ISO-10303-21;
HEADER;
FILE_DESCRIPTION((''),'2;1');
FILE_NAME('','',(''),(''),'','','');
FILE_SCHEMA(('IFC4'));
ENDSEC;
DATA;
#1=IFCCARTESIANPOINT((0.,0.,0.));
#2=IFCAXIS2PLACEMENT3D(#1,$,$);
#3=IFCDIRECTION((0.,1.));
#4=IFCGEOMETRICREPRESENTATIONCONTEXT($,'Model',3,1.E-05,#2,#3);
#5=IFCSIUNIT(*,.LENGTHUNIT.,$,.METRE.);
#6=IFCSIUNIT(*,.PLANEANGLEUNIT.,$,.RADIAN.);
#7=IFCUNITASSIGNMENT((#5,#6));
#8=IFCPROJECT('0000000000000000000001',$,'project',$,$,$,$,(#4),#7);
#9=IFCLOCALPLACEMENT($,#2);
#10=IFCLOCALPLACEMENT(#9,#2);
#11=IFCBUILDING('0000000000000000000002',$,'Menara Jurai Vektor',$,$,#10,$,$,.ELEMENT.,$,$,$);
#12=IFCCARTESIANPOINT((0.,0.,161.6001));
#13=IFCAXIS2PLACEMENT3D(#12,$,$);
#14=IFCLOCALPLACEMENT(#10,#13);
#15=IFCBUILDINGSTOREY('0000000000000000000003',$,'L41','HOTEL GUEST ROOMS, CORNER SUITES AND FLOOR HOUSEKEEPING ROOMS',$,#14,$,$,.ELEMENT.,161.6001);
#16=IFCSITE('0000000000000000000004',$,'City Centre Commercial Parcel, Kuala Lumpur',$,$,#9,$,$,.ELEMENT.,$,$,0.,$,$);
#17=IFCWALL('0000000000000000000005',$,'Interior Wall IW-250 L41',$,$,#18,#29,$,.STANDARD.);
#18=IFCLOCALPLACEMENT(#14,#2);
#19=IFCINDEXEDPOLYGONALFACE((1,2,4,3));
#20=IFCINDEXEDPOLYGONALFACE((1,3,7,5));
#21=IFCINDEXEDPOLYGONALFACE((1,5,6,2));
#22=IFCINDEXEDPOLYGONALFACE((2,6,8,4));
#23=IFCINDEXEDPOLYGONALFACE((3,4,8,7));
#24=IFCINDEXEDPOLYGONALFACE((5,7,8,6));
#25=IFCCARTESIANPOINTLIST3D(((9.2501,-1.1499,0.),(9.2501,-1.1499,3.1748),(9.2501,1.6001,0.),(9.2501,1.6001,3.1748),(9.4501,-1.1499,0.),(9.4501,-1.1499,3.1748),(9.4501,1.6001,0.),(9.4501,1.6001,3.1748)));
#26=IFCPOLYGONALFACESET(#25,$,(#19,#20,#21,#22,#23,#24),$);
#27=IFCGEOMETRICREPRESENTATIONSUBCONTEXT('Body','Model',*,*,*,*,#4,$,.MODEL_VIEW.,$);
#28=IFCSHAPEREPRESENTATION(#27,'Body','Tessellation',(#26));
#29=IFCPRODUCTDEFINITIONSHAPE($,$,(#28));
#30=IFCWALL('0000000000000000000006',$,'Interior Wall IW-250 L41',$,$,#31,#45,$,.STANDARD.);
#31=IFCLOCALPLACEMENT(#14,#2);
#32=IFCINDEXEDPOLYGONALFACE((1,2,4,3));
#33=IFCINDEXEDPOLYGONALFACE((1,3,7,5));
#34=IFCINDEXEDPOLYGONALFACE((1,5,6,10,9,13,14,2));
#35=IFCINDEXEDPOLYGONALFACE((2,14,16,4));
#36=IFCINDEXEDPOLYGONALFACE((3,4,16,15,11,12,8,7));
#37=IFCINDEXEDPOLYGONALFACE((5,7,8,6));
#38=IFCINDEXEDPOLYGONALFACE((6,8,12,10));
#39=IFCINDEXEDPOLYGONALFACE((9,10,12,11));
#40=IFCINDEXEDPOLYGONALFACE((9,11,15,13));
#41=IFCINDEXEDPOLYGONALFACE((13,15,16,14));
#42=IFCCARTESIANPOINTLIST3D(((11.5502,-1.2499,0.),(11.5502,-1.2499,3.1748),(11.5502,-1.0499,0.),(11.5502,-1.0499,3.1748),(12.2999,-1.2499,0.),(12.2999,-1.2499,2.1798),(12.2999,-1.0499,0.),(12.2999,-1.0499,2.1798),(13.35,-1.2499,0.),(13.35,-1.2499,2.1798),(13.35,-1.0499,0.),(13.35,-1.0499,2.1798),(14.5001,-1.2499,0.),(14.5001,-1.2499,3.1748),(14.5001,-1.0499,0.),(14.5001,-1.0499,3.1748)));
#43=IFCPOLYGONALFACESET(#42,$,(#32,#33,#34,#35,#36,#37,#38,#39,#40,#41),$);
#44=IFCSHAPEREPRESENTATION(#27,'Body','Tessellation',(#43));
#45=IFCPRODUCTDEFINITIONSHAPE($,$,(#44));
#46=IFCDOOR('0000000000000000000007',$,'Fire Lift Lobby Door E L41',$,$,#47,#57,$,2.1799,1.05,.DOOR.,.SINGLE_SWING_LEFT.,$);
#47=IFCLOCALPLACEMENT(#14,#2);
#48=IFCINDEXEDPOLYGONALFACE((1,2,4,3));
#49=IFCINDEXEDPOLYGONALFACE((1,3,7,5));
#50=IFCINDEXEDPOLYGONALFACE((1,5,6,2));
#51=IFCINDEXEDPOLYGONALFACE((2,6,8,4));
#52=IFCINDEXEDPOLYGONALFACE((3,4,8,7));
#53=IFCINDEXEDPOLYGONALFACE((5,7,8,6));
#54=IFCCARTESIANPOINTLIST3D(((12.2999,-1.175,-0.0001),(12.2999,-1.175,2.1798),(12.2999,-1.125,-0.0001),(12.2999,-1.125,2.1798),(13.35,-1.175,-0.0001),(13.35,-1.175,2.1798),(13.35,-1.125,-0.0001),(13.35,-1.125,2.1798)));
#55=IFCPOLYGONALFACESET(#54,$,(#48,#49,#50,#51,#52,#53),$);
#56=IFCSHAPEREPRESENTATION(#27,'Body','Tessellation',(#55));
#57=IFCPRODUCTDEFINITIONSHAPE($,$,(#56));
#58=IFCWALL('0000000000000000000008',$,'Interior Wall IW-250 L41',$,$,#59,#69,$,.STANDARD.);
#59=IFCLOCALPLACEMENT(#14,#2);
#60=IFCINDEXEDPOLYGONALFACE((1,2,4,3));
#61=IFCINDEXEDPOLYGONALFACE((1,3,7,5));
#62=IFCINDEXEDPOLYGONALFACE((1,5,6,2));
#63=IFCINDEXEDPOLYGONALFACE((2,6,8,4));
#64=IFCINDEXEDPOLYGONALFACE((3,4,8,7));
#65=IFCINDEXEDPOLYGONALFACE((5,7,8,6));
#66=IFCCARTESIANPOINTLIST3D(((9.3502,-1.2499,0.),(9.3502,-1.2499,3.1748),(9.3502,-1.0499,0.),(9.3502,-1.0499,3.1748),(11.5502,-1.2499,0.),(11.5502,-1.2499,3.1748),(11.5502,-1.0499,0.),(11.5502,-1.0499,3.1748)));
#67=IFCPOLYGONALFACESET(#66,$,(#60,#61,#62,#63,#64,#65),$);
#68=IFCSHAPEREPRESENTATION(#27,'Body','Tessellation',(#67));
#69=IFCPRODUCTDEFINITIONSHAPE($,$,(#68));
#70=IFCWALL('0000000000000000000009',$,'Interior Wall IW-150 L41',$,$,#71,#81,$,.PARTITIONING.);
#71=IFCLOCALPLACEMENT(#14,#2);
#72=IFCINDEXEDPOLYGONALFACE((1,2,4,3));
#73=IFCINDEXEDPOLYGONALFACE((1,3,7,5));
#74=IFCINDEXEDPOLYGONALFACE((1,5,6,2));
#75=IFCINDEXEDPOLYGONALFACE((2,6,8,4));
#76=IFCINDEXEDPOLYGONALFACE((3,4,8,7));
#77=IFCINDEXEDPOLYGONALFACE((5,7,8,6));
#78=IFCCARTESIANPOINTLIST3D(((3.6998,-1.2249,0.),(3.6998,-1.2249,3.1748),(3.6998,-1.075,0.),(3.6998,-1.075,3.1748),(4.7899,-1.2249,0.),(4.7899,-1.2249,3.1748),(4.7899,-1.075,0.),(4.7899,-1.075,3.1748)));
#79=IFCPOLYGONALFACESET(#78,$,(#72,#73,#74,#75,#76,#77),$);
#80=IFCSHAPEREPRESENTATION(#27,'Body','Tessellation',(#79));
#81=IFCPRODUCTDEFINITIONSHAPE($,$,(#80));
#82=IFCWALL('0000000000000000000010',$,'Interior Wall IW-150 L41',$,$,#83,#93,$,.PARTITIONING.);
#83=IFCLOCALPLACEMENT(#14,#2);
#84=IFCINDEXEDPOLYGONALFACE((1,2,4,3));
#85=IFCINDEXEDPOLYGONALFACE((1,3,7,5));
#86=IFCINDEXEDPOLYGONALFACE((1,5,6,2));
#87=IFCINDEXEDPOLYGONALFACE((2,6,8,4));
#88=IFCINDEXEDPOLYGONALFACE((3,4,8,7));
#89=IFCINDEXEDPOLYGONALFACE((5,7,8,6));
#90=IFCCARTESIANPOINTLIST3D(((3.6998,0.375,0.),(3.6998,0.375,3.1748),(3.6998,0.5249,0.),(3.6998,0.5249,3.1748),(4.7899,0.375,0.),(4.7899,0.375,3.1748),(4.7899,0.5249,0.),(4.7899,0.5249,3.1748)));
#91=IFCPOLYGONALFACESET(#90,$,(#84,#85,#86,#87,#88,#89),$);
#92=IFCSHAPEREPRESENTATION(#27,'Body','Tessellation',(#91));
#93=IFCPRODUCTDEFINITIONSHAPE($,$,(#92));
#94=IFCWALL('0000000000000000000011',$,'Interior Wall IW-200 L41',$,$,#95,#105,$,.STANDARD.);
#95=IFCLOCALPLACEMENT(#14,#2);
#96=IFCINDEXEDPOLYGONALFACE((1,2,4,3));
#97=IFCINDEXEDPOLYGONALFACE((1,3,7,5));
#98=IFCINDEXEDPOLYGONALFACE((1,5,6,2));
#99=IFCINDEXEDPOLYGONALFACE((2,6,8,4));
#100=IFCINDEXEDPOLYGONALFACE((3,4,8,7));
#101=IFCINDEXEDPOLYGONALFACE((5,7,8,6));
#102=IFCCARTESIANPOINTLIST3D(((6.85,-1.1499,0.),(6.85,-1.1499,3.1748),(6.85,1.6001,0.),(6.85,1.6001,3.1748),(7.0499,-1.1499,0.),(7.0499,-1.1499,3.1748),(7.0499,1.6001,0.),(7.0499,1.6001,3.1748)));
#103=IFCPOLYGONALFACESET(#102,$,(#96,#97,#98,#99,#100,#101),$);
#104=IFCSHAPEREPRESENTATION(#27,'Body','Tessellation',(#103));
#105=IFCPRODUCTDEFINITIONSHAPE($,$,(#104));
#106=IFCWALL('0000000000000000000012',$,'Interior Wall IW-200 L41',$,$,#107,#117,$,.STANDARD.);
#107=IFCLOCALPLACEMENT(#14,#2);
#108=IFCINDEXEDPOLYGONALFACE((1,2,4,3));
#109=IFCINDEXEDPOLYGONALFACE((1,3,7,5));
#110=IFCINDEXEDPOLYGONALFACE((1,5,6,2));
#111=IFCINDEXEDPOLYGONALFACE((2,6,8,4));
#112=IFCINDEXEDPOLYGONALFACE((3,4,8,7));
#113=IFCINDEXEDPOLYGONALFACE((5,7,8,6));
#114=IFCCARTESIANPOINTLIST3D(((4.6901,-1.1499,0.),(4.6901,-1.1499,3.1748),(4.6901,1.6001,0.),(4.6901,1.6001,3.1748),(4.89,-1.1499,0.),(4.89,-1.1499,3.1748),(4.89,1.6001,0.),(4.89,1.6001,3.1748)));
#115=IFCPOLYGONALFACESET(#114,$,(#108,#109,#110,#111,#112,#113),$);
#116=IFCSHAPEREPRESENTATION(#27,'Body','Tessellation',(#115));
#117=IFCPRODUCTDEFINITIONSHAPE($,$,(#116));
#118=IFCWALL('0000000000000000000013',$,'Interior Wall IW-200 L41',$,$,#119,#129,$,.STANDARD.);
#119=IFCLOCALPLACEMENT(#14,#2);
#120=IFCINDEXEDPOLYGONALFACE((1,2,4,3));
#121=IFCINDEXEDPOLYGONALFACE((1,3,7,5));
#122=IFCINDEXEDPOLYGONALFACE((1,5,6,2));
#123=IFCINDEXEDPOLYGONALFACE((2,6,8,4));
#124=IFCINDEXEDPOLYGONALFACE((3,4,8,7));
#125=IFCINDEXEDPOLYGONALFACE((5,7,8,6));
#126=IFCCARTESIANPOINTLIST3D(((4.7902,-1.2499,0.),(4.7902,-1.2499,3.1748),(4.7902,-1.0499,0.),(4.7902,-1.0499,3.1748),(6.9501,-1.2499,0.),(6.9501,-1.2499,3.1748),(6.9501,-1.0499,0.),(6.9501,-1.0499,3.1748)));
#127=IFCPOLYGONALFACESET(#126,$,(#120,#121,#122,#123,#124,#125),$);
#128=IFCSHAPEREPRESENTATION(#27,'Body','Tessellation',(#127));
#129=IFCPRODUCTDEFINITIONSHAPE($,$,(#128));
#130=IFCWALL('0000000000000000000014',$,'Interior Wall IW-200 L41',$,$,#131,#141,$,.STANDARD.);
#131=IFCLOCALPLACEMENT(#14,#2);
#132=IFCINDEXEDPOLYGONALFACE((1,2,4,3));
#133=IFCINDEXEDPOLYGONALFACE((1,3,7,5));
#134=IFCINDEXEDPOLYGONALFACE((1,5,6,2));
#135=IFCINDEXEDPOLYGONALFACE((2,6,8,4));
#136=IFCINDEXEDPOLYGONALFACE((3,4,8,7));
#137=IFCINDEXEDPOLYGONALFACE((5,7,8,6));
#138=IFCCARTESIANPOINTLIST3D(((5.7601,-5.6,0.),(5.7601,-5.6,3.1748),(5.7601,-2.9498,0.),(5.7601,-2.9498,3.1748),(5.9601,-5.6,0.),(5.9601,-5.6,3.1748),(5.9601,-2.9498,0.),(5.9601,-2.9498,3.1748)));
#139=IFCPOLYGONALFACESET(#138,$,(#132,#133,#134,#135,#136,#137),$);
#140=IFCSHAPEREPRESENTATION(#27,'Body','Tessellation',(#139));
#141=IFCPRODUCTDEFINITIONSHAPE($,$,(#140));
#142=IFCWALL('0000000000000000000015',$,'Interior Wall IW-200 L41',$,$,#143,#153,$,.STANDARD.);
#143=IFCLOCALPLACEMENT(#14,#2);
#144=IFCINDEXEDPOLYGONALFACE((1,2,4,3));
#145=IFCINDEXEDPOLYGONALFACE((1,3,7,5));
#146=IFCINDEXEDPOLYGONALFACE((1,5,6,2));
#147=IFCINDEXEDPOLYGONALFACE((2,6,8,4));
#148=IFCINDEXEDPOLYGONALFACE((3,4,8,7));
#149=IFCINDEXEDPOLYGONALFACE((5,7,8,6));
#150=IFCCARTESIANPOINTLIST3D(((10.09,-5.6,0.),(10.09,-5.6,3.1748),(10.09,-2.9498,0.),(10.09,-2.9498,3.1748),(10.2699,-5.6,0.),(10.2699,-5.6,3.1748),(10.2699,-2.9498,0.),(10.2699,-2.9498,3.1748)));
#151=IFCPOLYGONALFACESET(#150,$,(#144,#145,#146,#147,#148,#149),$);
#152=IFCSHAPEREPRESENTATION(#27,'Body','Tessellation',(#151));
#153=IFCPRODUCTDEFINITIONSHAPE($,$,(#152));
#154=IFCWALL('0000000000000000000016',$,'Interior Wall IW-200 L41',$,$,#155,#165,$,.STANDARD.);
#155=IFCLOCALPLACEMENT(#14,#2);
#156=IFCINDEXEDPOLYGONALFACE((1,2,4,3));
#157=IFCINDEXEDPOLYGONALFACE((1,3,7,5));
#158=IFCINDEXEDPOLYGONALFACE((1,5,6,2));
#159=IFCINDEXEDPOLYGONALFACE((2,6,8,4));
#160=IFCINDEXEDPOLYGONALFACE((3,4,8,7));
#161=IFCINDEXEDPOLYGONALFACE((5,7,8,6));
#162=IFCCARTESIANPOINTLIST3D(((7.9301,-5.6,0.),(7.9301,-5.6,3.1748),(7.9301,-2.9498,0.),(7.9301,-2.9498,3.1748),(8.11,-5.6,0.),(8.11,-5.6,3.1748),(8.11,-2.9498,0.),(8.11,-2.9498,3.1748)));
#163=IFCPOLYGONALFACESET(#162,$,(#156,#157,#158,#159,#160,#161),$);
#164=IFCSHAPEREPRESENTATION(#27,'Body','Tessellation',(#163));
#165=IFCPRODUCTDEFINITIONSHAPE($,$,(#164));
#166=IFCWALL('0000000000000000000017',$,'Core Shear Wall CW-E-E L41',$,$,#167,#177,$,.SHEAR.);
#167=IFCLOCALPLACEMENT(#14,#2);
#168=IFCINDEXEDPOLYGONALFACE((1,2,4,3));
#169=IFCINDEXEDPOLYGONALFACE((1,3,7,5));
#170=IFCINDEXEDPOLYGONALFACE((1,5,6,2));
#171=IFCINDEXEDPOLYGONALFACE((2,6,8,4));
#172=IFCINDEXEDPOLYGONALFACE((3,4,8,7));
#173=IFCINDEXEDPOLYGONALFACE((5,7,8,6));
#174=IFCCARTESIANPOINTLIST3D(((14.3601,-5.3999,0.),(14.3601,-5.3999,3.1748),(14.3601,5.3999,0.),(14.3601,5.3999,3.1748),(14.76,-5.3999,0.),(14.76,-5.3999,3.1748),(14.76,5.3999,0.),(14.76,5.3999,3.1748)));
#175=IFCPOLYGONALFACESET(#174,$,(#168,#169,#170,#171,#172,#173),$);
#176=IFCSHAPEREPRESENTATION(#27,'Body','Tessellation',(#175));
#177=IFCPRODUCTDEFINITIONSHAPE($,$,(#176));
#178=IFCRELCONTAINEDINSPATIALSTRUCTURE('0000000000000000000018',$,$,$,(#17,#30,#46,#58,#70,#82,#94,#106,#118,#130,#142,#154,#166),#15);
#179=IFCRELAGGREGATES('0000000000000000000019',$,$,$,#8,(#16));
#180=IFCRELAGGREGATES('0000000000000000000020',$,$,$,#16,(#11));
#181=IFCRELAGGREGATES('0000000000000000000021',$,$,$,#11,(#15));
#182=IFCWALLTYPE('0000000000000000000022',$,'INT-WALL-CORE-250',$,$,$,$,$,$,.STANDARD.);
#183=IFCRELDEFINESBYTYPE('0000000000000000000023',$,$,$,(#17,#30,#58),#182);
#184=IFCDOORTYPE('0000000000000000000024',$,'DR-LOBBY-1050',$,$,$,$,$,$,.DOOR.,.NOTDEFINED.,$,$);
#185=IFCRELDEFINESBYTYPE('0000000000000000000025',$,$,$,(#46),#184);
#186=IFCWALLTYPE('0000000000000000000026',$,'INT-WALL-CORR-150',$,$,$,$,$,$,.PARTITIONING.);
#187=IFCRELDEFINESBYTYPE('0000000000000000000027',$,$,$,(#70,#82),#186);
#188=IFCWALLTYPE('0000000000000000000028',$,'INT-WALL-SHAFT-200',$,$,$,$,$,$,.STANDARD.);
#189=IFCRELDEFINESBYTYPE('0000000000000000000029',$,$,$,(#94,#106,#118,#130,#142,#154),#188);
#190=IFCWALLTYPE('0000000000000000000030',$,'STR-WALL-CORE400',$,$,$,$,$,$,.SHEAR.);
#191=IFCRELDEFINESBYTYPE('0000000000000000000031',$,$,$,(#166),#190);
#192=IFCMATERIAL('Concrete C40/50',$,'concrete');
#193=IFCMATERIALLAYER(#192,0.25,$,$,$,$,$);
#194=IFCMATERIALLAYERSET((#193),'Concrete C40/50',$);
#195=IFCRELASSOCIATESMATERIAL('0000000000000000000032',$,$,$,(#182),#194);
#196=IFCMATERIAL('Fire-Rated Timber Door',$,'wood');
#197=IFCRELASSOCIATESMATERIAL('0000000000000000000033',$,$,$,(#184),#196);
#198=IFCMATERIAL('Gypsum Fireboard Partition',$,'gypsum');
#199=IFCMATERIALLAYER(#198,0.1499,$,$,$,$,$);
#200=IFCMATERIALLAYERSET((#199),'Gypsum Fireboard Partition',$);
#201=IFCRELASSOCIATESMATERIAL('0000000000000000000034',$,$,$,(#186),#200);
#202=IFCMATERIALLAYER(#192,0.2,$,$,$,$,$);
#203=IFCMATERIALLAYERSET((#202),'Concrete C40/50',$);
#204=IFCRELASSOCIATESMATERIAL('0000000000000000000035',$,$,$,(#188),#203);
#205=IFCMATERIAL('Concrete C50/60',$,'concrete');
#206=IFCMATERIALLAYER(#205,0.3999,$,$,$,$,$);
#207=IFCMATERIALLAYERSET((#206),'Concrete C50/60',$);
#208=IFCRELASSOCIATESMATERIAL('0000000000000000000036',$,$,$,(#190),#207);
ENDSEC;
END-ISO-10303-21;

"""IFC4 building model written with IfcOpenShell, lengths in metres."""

from ifc_helpers import new_model, si_unit, direction, frame, frame_2d, origin, place, context, subcontext, project, spatial, rectangle, extrude, material, layer, layer_set, type_object, element, fill, save


model = new_model("IFC4")

# Units and contexts
model_context = context("Model", 3, precision=1e-05, world=origin(), true_north=direction((0.0, 1.0)))
body_context = subcontext(model_context, "Body", "Model", "MODEL_VIEW")
ifc_project = project(units=[si_unit("LENGTHUNIT", "METRE"), si_unit("PLANEANGLEUNIT", "RADIAN")], contexts=[model_context])

# Site, building, storey
site_placement = place(None, origin())
site = spatial("IfcSite", under=ifc_project, at=site_placement, Name="City Centre Commercial Parcel, Kuala Lumpur", CompositionType="ELEMENT", RefElevation=0.0)
building_placement = place(site_placement, origin())
building = spatial("IfcBuilding", under=site, at=building_placement, Name="Menara Jurai Vektor", CompositionType="ELEMENT")
storey_placement = place(building_placement, frame((0.0, 0.0, 161.6001)))
storey = spatial("IfcBuildingStorey", under=building, at=storey_placement, Name="L41", Description="HOTEL GUEST ROOMS, CORNER SUITES AND FLOOR HOUSEKEEPING ROOMS", CompositionType="ELEMENT", Elevation=161.6001)

# Shared definitions
ifc_material_1 = material(Name="Concrete C40/50", Category="concrete")
ifc_layer_1 = layer(ifc_material_1, 0.25)
ifc_layer_set_1 = layer_set([ifc_layer_1], Name="Concrete C40/50")
wall_type_1 = type_object("IfcWallType", Name="INT-WALL-CORE-250", PredefinedType="STANDARD", material=ifc_layer_set_1)

# Wall
wall_1_placement = place(storey_placement, frame((9.3501, -1.1499, 0.0), z_axis=(0.0, 0.0, 1.0), x_axis=(0.0, 1.0, 0.0)))
element("IfcWall", 1, at=wall_1_placement, inside=storey, type_object=wall_type_1, Name="Interior Wall IW-250 L41", PredefinedType="STANDARD", context=body_context, shape_type="SweptSolid", body=[
    extrude(rectangle(XDim=2.75, YDim=0.2, at=frame_2d((1.375, 0.0))), origin(), (0.0, 0.0, 1.0), 3.1748),
])

# Wall, opening, door
wall_2_placement = place(storey_placement, frame((11.55, -1.1499, 0.0), z_axis=(0.0, 0.0, 1.0), x_axis=(1.0, 0.0, 0.0)))
wall_2 = element("IfcWall", 2, at=wall_2_placement, inside=storey, type_object=wall_type_1, Name="Interior Wall IW-250 L41", PredefinedType="STANDARD", context=body_context, shape_type="SweptSolid", body=[
    extrude(rectangle(XDim=2.95, YDim=0.2, at=frame_2d((1.4751, 0.0))), origin(), (0.0, 0.0, 1.0), 3.1748),
])
opening_1_placement = place(wall_2_placement, frame((0.75, 0.0, 0.0)))
opening_1 = element("IfcOpeningElement", 3, at=opening_1_placement, cuts=wall_2, PredefinedType="OPENING", context=body_context, shape_type="SweptSolid", body=[
    extrude(rectangle(XDim=1.05, YDim=2.1799, at=frame_2d((0.5249, 1.0898))), frame((0.0, 0.1099, 0.0), z_axis=(0.0, -1.0, 0.0), x_axis=(1.0, 0.0, 0.0)), (0.0, 0.0, 1.0), 0.22),
])
ifc_material_2 = material(Name="Fire-Rated Timber Door", Category="wood")
door_type_1 = type_object("IfcDoorType", Name="DR-LOBBY-1050", OperationType="NOTDEFINED", PredefinedType="DOOR", material=ifc_material_2)
door_1_placement = place(opening_1_placement, origin())
door_1 = element("IfcDoor", 4, at=door_1_placement, inside=storey, type_object=door_type_1, Name="Fire Lift Lobby Door E L41", OperationType="SINGLE_SWING_LEFT", OverallHeight=2.1799, OverallWidth=1.05, PredefinedType="DOOR", context=body_context, shape_type="SweptSolid", body=[
    extrude(rectangle(XDim=1.05, YDim=2.1799, at=frame_2d((0.5249, 1.0898))), frame((0.0, 0.0249, 0.0), z_axis=(0.0, -1.0, 0.0), x_axis=(1.0, 0.0, 0.0)), (0.0, 0.0, 1.0), 0.05),
])
fill(opening_1, door_1)

# Walls
wall_3_placement = place(storey_placement, frame((9.3501, -1.1499, 0.0), z_axis=(0.0, 0.0, 1.0), x_axis=(1.0, 0.0, 0.0)))
element("IfcWall", 5, at=wall_3_placement, inside=storey, type_object=wall_type_1, Name="Interior Wall IW-250 L41", PredefinedType="STANDARD", context=body_context, shape_type="SweptSolid", body=[
    extrude(rectangle(XDim=2.2, YDim=0.2, at=frame_2d((1.1001, 0.0))), origin(), (0.0, 0.0, 1.0), 3.1748),
])
ifc_material_3 = material(Name="Gypsum Fireboard Partition", Category="gypsum")
ifc_layer_2 = layer(ifc_material_3, 0.1499)
ifc_layer_set_2 = layer_set([ifc_layer_2], Name="Gypsum Fireboard Partition")
wall_type_2 = type_object("IfcWallType", Name="INT-WALL-CORR-150", PredefinedType="PARTITIONING", material=ifc_layer_set_2)
for number, where, z_axis, x_axis, name in (
    (6, (3.7, -1.1499, 0.0), (0.0, 0.0, 1.0), (1.0, 0.0, 0.0), "Interior Wall IW-150 L41"),
    (7, (3.7, 0.45, 0.0), (0.0, 0.0, 1.0), (1.0, 0.0, 0.0), "Interior Wall IW-150 L41"),
):
    element("IfcWall", number, at=place(storey_placement, frame(where, z_axis=z_axis, x_axis=x_axis)), inside=storey, type_object=wall_type_2, Name=name, PredefinedType="PARTITIONING", context=body_context, shape_type="SweptSolid", body=[
        extrude(rectangle(XDim=1.0901, YDim=0.1499, at=frame_2d((0.5449, 0.0))), origin(), (0.0, 0.0, 1.0), 3.1748),
    ])
ifc_layer_3 = layer(ifc_material_1, 0.2)
ifc_layer_set_3 = layer_set([ifc_layer_3], Name="Concrete C40/50")
wall_type_3 = type_object("IfcWallType", Name="INT-WALL-SHAFT-200", PredefinedType="STANDARD", material=ifc_layer_set_3)
wall_4_placement = place(storey_placement, frame((6.95, -1.1499, 0.0), z_axis=(0.0, 0.0, 1.0), x_axis=(0.0, 1.0, 0.0)))
element("IfcWall", 8, at=wall_4_placement, inside=storey, type_object=wall_type_3, Name="Interior Wall IW-200 L41", PredefinedType="STANDARD", context=body_context, shape_type="SweptSolid", body=[
    extrude(rectangle(XDim=2.75, YDim=0.2, at=frame_2d((1.375, 0.0))), origin(), (0.0, 0.0, 1.0), 3.1748),
])

# Walls
wall_5_placement = place(storey_placement, frame((4.79, -1.1499, 0.0), z_axis=(0.0, 0.0, 1.0), x_axis=(0.0, 1.0, 0.0)))
element("IfcWall", 9, at=wall_5_placement, inside=storey, type_object=wall_type_3, Name="Interior Wall IW-200 L41", PredefinedType="STANDARD", context=body_context, shape_type="SweptSolid", body=[
    extrude(rectangle(XDim=2.75, YDim=0.2, at=frame_2d((1.375, 0.0))), origin(), (0.0, 0.0, 1.0), 3.1748),
])
wall_6_placement = place(storey_placement, frame((4.79, -1.1499, 0.0), z_axis=(0.0, 0.0, 1.0), x_axis=(1.0, 0.0, 0.0)))
element("IfcWall", 10, at=wall_6_placement, inside=storey, type_object=wall_type_3, Name="Interior Wall IW-200 L41", PredefinedType="STANDARD", context=body_context, shape_type="SweptSolid", body=[
    extrude(rectangle(XDim=2.1599, YDim=0.2, at=frame_2d((1.0801, 0.0))), origin(), (0.0, 0.0, 1.0), 3.1748),
])
wall_7_placement = place(storey_placement, frame((5.8601, -5.6001, 0.0), z_axis=(0.0, 0.0, 1.0), x_axis=(0.0, 1.0, 0.0)))
element("IfcWall", 11, at=wall_7_placement, inside=storey, type_object=wall_type_3, Name="Interior Wall IW-200 L41", PredefinedType="STANDARD", context=body_context, shape_type="SweptSolid", body=[
    extrude(rectangle(XDim=2.6501, YDim=0.2, at=frame_2d((1.3252, 0.0))), origin(), (0.0, 0.0, 1.0), 3.1748),
])
for number, where, z_axis, x_axis, name in (
    (12, (10.1799, -5.6001, 0.0), (0.0, 0.0, 1.0), (0.0, 1.0, 0.0), "Interior Wall IW-200 L41"),
    (13, (8.02, -5.6001, 0.0), (0.0, 0.0, 1.0), (0.0, 1.0, 0.0), "Interior Wall IW-200 L41"),
):
    element("IfcWall", number, at=place(storey_placement, frame(where, z_axis=z_axis, x_axis=x_axis)), inside=storey, type_object=wall_type_3, Name=name, PredefinedType="STANDARD", context=body_context, shape_type="SweptSolid", body=[
        extrude(rectangle(XDim=2.6501, YDim=0.1799, at=frame_2d((1.3252, 0.0))), origin(), (0.0, 0.0, 1.0), 3.1748),
    ])
ifc_material_4 = material(Name="Concrete C50/60", Category="concrete")
ifc_layer_4 = layer(ifc_material_4, 0.3999)
ifc_layer_set_4 = layer_set([ifc_layer_4], Name="Concrete C50/60")
wall_type_4 = type_object("IfcWallType", Name="STR-WALL-CORE400", PredefinedType="SHEAR", material=ifc_layer_set_4)
wall_8_placement = place(storey_placement, frame((14.5601, -5.3999, 0.0), z_axis=(0.0, 0.0, 1.0), x_axis=(0.0, 1.0, 0.0)))
element("IfcWall", 14, at=wall_8_placement, inside=storey, type_object=wall_type_4, Name="Core Shear Wall CW-E-E L41", PredefinedType="SHEAR", context=body_context, shape_type="SweptSolid", body=[
    extrude(rectangle(XDim=10.7998, YDim=0.3999, at=frame_2d((5.3999, 0.0))), origin(), (0.0, 0.0, 1.0), 3.1748),
])

save(model, "model.ifc")
